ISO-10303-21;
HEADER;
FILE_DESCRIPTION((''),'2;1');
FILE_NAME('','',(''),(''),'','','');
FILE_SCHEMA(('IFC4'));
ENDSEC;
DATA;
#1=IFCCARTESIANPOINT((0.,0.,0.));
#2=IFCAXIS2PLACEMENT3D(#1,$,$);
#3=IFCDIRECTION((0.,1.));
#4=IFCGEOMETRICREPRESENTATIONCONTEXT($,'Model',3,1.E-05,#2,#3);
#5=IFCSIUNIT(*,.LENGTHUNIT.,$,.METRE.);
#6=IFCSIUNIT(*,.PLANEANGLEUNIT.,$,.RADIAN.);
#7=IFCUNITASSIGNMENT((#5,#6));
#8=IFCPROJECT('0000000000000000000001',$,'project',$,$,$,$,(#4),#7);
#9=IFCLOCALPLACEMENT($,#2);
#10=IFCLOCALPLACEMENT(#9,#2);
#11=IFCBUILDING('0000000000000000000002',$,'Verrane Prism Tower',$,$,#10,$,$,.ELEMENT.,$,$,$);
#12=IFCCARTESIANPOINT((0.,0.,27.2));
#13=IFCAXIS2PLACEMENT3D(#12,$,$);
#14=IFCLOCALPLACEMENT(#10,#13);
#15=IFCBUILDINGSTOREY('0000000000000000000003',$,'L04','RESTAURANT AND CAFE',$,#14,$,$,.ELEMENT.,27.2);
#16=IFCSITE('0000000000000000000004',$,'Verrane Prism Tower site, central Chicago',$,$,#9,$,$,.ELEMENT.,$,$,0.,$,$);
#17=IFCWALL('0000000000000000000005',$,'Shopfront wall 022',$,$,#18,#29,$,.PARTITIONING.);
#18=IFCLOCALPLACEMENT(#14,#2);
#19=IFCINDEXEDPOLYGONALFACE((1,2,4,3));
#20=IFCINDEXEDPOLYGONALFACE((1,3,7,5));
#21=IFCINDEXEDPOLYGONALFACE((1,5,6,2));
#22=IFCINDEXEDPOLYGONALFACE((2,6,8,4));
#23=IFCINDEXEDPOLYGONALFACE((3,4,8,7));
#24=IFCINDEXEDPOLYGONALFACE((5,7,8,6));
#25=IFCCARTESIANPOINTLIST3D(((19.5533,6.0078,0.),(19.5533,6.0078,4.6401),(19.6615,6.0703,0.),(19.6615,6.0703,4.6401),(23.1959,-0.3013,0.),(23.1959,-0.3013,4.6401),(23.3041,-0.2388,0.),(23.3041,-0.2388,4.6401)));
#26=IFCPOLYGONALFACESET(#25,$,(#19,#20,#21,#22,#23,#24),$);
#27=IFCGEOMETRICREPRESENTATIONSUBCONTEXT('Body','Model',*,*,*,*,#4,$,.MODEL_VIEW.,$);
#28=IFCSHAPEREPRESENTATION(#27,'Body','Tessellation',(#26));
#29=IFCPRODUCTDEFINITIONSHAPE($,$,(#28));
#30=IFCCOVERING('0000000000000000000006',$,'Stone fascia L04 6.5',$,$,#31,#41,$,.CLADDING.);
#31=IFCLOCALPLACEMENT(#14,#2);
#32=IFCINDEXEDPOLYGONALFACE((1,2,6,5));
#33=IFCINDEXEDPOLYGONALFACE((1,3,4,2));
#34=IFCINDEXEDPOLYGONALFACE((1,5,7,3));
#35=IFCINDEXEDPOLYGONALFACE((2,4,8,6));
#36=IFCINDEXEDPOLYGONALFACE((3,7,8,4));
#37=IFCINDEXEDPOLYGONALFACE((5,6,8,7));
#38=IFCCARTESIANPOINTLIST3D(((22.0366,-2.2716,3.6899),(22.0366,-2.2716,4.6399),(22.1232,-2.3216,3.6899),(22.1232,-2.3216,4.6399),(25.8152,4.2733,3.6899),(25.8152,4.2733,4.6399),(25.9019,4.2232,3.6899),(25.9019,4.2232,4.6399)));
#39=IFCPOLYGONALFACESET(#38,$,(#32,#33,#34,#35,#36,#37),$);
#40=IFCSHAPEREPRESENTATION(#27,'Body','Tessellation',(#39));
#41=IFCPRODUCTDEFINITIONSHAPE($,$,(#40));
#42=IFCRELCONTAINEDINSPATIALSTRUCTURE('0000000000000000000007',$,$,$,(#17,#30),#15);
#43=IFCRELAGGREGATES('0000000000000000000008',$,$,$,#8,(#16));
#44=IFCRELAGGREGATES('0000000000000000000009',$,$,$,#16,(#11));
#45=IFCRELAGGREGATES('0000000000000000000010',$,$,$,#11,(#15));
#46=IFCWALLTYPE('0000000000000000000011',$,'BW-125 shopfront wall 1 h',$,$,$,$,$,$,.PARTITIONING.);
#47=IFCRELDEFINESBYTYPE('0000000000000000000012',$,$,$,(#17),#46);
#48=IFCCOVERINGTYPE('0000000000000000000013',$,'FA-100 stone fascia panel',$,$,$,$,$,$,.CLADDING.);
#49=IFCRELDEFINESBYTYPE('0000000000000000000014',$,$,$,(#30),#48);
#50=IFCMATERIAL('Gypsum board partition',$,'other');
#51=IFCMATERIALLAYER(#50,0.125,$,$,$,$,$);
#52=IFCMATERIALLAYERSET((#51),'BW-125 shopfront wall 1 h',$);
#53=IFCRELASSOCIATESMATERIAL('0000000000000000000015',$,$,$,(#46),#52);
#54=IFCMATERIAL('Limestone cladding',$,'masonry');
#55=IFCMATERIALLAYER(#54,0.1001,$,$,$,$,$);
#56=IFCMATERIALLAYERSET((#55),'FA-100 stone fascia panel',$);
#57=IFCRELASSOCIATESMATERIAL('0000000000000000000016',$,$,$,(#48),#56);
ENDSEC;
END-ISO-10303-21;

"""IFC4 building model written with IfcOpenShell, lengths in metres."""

from ifc_helpers import new_model, si_unit, direction, frame, frame_2d, origin, origin_2d, place, context, subcontext, project, spatial, rectangle, extrude, material, layer, layer_set, type_object, element, save


model = new_model("IFC4")

# Units and contexts
model_context = context("Model", 3, precision=1e-05, world=origin(), true_north=direction((0.0, 1.0)))
body_context = subcontext(model_context, "Body", "Model", "MODEL_VIEW")
ifc_project = project(units=[si_unit("LENGTHUNIT", "METRE"), si_unit("PLANEANGLEUNIT", "RADIAN")], contexts=[model_context])

# Site, building, storey
site_placement = place(None, origin())
site = spatial("IfcSite", under=ifc_project, at=site_placement, Name="Verrane Prism Tower site, central Chicago", CompositionType="ELEMENT", RefElevation=0.0)
building_placement = place(site_placement, origin())
building = spatial("IfcBuilding", under=site, at=building_placement, Name="Verrane Prism Tower", CompositionType="ELEMENT")
storey_placement = place(building_placement, frame((0.0, 0.0, 27.2)))
storey = spatial("IfcBuildingStorey", under=building, at=storey_placement, Name="L04", Description="RESTAURANT AND CAFE", CompositionType="ELEMENT", Elevation=27.2)

# Shared definitions
ifc_material_1 = material(Name="Gypsum board partition", Category="other")
ifc_layer_1 = layer(ifc_material_1, 0.125)
ifc_layer_set_1 = layer_set([ifc_layer_1], Name="BW-125 shopfront wall 1 h")
wall_type = type_object("IfcWallType", Name="BW-125 shopfront wall 1 h", PredefinedType="PARTITIONING", material=ifc_layer_set_1)

# Wall
wall_1_placement = place(storey_placement, frame((19.6074, 6.0391, 0.0), z_axis=(0.0, 0.0, 1.0), x_axis=(0.500003, -0.866024, 0.0)))
element("IfcWall", 1, at=wall_1_placement, inside=storey, type_object=wall_type, Name="Shopfront wall 022", PredefinedType="PARTITIONING", context=body_context, shape_type="SweptSolid", body=[
    extrude(rectangle(XDim=7.2852, YDim=0.125, at=frame_2d((3.6426, 0.0))), origin(), (0.0, 0.0, 1.0), 4.6401),
])

# Covering
ifc_material_2 = material(Name="Limestone cladding", Category="masonry")
ifc_layer_2 = layer(ifc_material_2, 0.1001)
ifc_layer_set_2 = layer_set([ifc_layer_2], Name="FA-100 stone fascia panel")
covering_type = type_object("IfcCoveringType", Name="FA-100 stone fascia panel", PredefinedType="CLADDING", material=ifc_layer_set_2)
covering_placement = place(storey_placement, frame((23.9692, 0.9758, 3.6899), z_axis=(0.0, 0.0, 1.0), x_axis=(0.5, 0.866025, 0.0)))
element("IfcCovering", 2, at=covering_placement, inside=storey, type_object=covering_type, Name="Stone fascia L04 6.5", PredefinedType="CLADDING", context=body_context, shape_type="SweptSolid", body=[
    extrude(rectangle(XDim=7.5574, YDim=0.1001, at=origin_2d()), origin(), (0.0, 0.0, 1.0), 0.95),
])

save(model, "model.ifc")
